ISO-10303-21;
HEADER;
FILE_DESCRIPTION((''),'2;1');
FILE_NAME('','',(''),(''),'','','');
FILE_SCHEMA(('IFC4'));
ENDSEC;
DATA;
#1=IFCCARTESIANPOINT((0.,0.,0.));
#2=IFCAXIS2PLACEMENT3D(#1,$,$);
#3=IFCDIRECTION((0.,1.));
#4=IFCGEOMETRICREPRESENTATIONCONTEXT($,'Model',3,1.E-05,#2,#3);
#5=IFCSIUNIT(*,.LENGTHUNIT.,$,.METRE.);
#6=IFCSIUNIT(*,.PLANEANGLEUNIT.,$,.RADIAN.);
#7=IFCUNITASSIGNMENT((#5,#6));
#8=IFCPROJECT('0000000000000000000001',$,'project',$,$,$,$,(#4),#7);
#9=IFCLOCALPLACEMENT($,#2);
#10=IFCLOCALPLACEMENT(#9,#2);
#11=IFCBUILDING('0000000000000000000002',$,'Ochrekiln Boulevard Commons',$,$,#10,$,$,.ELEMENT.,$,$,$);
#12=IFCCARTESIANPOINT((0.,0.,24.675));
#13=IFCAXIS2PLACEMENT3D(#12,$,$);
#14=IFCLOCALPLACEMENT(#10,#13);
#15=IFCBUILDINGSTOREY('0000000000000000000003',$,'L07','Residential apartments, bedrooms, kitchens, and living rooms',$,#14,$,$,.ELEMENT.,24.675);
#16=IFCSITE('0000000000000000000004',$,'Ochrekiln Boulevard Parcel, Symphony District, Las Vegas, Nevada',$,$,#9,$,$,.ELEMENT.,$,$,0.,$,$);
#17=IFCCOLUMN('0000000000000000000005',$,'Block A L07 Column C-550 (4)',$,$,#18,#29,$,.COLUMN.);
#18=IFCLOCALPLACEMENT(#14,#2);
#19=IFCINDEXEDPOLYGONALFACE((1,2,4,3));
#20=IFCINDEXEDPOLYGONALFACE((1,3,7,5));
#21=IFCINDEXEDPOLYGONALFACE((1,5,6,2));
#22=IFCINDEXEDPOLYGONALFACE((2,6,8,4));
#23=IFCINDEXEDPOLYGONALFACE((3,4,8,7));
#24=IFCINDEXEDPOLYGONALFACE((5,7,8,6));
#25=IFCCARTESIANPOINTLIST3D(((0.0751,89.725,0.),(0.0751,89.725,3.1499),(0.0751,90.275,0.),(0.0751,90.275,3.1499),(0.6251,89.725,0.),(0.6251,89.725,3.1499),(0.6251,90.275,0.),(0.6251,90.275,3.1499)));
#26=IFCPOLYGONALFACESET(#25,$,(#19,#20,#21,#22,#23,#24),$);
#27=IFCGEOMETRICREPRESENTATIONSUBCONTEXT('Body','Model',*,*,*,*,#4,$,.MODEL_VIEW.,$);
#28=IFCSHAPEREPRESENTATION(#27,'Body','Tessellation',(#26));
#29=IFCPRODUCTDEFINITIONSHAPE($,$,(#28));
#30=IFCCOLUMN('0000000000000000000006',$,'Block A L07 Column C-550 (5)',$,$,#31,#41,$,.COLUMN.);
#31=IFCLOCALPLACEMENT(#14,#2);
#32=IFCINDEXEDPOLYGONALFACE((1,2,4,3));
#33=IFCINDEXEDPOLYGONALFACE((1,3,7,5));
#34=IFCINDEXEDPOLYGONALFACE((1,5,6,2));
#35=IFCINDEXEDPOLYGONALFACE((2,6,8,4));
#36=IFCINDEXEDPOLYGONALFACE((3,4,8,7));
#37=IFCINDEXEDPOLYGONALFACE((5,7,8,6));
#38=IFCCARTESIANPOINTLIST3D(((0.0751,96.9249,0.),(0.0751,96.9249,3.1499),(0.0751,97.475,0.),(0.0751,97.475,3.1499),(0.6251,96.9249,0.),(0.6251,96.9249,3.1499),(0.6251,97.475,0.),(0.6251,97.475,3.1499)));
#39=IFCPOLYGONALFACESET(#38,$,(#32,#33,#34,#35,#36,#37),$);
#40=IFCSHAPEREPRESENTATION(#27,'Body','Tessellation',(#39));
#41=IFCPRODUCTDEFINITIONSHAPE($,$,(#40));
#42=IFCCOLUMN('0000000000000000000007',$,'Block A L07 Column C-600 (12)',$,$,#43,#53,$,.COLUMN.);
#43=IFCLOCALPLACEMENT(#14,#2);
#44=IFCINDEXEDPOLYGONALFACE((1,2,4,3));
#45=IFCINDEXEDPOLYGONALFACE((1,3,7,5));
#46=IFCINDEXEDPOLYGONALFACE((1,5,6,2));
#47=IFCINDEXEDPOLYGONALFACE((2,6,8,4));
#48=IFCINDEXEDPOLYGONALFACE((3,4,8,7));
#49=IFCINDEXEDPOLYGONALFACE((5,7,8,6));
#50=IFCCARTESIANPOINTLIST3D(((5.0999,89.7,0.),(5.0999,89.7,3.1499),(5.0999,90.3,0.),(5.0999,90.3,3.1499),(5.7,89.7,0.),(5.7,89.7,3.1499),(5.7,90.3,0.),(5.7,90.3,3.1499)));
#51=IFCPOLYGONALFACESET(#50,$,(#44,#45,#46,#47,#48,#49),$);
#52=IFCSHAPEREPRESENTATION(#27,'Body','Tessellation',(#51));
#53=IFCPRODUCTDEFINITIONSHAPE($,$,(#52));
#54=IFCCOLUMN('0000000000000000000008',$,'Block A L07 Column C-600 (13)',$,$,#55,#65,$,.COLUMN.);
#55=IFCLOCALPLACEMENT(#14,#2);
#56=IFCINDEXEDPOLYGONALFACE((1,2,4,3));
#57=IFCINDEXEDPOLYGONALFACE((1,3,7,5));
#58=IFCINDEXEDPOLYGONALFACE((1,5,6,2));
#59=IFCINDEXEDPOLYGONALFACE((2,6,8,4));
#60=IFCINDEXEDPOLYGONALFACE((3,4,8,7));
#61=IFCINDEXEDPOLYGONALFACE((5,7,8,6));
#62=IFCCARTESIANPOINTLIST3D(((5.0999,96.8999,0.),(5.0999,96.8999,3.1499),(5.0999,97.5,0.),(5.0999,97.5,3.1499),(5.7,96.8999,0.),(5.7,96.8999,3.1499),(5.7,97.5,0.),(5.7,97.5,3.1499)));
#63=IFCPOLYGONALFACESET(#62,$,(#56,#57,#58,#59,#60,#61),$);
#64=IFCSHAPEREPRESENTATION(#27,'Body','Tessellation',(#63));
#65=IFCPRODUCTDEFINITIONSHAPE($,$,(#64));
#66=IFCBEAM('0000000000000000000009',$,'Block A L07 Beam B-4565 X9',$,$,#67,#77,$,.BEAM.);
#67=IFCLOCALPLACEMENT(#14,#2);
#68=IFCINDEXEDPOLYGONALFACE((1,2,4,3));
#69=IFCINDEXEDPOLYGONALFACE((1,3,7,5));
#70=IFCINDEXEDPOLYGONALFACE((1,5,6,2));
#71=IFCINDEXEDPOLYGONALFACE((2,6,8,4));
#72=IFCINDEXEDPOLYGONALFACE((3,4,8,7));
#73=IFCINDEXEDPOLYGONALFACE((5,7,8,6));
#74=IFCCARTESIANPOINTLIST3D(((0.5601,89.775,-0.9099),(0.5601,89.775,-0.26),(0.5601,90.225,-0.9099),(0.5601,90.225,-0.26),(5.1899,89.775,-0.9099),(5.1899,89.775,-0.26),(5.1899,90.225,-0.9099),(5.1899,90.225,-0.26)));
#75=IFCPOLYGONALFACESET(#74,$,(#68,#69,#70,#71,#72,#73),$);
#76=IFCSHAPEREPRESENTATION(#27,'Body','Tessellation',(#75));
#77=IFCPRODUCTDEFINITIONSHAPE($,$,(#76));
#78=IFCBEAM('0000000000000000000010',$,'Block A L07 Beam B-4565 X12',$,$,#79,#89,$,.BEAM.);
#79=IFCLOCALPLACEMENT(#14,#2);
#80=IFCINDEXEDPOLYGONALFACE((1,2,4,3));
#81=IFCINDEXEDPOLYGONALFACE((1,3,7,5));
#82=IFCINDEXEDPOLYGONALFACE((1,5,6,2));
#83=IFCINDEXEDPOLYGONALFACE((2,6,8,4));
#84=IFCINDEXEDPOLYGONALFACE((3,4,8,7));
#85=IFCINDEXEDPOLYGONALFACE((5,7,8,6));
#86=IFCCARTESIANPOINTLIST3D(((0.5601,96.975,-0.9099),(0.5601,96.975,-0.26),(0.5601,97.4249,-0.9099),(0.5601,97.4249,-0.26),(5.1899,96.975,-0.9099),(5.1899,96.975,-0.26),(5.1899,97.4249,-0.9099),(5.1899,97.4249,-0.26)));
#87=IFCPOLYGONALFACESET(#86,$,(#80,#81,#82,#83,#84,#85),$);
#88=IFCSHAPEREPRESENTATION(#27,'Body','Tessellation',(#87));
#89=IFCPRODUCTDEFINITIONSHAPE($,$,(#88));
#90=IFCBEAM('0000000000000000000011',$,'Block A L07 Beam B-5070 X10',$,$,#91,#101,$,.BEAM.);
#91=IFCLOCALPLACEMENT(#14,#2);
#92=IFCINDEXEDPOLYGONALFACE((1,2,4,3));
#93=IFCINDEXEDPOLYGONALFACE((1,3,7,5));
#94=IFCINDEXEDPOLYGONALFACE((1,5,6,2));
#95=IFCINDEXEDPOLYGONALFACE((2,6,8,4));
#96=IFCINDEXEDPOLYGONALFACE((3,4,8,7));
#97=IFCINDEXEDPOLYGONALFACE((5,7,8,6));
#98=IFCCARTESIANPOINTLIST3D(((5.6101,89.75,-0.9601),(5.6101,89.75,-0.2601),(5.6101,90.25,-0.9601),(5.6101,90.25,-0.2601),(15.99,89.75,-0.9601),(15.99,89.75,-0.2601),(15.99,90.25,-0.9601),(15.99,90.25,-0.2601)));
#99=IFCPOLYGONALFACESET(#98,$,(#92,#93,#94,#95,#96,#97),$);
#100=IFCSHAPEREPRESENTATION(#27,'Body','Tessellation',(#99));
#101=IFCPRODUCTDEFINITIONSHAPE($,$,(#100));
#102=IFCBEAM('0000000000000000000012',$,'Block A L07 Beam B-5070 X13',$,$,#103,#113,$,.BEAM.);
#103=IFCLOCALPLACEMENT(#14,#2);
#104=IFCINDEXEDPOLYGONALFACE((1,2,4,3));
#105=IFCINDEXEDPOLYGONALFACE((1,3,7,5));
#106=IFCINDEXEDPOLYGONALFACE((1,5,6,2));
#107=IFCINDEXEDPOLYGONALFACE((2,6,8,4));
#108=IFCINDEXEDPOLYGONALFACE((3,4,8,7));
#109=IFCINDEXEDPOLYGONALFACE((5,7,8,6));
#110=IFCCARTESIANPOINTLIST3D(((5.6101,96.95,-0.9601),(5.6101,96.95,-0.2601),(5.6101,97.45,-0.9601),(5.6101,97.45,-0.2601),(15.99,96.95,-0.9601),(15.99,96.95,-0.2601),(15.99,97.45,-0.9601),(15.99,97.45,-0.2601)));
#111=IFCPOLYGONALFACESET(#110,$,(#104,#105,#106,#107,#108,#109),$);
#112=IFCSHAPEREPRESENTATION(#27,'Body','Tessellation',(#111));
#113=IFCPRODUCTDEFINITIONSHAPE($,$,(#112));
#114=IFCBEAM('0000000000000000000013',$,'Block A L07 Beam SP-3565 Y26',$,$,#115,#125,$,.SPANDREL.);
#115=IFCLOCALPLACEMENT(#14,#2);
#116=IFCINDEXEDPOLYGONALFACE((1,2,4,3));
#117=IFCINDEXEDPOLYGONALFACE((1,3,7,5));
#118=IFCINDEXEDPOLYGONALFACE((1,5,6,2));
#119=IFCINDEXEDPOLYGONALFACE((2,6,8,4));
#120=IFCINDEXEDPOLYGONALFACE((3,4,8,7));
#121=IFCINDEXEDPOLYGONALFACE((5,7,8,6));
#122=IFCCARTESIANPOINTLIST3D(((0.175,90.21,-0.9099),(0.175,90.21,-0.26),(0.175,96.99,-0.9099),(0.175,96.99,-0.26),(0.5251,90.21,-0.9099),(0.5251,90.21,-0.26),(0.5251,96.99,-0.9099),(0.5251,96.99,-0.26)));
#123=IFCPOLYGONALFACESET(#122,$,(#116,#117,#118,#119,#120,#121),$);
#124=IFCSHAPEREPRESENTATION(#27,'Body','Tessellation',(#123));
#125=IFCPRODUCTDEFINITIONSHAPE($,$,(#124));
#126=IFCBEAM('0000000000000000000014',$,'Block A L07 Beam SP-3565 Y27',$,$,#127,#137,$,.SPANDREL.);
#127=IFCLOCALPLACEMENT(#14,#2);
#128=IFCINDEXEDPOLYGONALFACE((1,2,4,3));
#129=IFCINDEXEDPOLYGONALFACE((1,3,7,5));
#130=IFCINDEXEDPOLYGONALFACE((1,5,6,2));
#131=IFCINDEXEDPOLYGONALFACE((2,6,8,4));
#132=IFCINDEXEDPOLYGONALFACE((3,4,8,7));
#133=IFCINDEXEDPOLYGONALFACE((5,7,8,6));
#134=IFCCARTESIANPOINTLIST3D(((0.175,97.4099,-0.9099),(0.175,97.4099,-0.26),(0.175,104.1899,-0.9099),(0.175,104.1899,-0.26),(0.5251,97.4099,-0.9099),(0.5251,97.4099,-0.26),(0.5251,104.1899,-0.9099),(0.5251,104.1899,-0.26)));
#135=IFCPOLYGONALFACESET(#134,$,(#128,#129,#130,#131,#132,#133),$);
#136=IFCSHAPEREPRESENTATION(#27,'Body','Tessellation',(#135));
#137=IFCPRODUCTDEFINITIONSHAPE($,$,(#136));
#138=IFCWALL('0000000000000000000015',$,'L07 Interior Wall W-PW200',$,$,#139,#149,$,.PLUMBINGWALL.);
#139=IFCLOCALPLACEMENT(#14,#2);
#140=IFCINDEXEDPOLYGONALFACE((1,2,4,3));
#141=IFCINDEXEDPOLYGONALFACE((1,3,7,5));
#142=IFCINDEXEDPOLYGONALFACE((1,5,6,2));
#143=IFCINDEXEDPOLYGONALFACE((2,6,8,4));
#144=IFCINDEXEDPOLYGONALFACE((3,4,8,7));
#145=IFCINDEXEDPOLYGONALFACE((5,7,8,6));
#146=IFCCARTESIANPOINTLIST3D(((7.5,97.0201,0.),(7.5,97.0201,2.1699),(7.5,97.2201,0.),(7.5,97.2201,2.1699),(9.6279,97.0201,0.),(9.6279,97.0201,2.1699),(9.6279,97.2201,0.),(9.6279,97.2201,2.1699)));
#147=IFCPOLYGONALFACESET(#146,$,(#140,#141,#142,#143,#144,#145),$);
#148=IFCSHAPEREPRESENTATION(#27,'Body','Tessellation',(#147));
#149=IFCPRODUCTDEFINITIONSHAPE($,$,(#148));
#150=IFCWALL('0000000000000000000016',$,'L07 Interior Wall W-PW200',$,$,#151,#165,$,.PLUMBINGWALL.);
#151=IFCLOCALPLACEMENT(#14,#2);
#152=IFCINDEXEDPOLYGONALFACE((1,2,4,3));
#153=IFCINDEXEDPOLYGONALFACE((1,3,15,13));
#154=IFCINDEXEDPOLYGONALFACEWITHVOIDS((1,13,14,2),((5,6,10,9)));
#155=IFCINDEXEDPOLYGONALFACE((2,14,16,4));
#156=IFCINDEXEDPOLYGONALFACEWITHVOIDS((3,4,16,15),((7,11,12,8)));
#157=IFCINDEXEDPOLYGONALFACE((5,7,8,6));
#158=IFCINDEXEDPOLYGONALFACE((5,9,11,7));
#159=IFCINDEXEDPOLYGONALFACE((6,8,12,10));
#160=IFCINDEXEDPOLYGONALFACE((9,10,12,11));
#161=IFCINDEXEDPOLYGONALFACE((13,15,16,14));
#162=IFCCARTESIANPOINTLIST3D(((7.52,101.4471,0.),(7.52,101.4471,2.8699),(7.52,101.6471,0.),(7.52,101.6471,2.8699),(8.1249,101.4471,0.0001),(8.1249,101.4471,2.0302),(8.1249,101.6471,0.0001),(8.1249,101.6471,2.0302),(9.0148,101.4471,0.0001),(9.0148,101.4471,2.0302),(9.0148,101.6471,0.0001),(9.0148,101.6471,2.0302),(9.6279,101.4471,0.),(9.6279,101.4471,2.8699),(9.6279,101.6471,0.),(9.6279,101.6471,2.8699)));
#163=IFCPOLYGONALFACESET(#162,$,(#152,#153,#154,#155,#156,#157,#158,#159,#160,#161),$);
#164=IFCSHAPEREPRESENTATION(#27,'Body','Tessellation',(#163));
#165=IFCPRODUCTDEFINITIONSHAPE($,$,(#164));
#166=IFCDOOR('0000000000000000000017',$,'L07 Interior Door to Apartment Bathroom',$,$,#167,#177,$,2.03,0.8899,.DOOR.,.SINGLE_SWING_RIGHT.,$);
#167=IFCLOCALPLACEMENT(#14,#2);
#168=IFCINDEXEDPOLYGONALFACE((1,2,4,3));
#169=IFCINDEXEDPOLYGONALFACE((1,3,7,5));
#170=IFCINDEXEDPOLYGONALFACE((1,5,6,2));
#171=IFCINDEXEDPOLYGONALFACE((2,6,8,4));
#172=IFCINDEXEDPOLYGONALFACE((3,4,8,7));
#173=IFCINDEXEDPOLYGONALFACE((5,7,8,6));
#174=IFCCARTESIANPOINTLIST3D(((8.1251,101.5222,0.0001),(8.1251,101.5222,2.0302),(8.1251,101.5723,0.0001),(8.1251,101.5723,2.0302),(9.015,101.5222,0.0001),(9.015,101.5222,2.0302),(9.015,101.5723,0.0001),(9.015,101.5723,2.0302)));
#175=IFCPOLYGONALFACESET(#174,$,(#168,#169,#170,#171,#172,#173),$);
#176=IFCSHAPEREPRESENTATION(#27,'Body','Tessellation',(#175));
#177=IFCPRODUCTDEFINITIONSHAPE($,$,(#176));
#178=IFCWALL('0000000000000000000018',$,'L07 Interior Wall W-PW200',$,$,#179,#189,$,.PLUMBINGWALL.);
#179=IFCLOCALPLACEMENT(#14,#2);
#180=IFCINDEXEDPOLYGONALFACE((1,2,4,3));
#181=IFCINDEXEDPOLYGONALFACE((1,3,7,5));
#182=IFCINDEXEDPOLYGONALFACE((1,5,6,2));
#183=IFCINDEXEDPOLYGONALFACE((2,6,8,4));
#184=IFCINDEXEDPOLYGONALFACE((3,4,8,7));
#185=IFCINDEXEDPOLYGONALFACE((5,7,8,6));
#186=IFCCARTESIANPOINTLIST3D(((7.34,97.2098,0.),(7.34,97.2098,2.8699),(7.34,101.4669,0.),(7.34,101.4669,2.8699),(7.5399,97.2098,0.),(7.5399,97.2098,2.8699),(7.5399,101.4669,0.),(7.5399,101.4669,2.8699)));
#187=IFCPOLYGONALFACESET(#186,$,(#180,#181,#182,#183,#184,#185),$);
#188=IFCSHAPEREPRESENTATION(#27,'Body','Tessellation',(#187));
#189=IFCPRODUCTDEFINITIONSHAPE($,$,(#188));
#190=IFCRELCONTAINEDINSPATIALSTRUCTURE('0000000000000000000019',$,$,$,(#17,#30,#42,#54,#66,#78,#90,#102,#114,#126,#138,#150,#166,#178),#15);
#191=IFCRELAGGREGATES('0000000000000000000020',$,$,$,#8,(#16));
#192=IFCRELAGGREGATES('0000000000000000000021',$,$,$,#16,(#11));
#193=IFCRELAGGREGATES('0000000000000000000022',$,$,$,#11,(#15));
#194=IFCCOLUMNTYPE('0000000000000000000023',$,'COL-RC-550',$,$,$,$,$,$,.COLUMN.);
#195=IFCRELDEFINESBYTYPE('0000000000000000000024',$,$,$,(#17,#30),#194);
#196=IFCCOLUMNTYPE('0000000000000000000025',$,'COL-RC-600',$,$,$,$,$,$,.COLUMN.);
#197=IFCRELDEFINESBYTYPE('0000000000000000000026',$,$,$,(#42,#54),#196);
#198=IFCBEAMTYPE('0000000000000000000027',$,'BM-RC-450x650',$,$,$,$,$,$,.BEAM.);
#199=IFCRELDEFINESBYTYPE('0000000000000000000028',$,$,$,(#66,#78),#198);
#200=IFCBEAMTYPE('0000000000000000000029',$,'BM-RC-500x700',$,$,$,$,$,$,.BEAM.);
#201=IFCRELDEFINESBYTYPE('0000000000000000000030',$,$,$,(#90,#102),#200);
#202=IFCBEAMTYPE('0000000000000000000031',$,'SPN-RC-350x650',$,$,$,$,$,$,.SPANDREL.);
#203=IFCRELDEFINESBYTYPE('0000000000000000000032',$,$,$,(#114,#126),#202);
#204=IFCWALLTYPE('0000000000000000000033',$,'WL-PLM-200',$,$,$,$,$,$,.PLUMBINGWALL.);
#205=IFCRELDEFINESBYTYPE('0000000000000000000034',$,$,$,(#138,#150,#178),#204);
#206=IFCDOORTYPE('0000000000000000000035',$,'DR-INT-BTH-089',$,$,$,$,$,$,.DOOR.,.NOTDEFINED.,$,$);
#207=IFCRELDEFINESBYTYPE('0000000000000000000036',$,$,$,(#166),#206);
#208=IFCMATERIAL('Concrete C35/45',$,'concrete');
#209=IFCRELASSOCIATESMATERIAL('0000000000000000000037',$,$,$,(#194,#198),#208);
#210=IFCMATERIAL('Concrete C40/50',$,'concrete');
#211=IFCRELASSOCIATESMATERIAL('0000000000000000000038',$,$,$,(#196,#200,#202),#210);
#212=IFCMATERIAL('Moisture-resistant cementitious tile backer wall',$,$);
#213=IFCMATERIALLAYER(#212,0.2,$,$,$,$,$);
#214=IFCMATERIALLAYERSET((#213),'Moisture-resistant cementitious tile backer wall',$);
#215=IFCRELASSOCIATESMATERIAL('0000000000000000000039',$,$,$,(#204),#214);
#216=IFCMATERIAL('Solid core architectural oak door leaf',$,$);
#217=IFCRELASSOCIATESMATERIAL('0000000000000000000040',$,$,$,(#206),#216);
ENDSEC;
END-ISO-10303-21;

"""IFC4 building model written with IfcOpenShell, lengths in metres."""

from ifc_helpers import new_model, si_unit, direction, frame, frame_2d, origin, origin_2d, place, context, subcontext, project, spatial, rectangle, extrude, material, layer, layer_set, material_profile, profile_set, type_object, element, fill, save


model = new_model("IFC4")

# Units and contexts
model_context = context("Model", 3, precision=1e-05, world=origin(), true_north=direction((0.0, 1.0)))
body_context = subcontext(model_context, "Body", "Model", "MODEL_VIEW")
ifc_project = project(units=[si_unit("LENGTHUNIT", "METRE"), si_unit("PLANEANGLEUNIT", "RADIAN")], contexts=[model_context])

# Site, building, storey
site_placement = place(None, origin())
site = spatial("IfcSite", under=ifc_project, at=site_placement, Name="Ochrekiln Boulevard Parcel, Symphony District, Las Vegas, Nevada", CompositionType="ELEMENT", RefElevation=0.0)
building_placement = place(site_placement, origin())
building = spatial("IfcBuilding", under=site, at=building_placement, Name="Ochrekiln Boulevard Commons", CompositionType="ELEMENT")
storey_placement = place(building_placement, frame((0.0, 0.0, 24.675)))
storey = spatial("IfcBuildingStorey", under=building, at=storey_placement, Name="L07", Description="Residential apartments, bedrooms, kitchens, and living rooms", CompositionType="ELEMENT", Elevation=24.675)

# Columns
ifc_material_1 = material(Name="Concrete C35/45", Category="concrete")
ifc_material_profile_1 = material_profile(ifc_material_1, rectangle(XDim=0.55, YDim=0.55, at=origin_2d()), Name="RC-COL-550x550")
ifc_profile_set_1 = profile_set([ifc_material_profile_1], Name="Concrete C35/45")
column_type_1 = type_object("IfcColumnType", Name="COL-RC-550", PredefinedType="COLUMN", material=ifc_profile_set_1)
for number, where, z_axis, x_axis, name in (
    (1, (0.3501, 90.0, 0.0), (0.0, 0.0, 1.0), (1.0, 0.0, 0.0), "Block A L07 Column C-550 (4)"),
    (2, (0.3501, 97.2, 0.0), (0.0, 0.0, 1.0), (1.0, 0.0, 0.0), "Block A L07 Column C-550 (5)"),
):
    element("IfcColumn", number, at=place(storey_placement, frame(where, z_axis=z_axis, x_axis=x_axis)), inside=storey, type_object=column_type_1, Name=name, PredefinedType="COLUMN", context=body_context, shape_type="SweptSolid", body=[
        extrude(rectangle(XDim=0.55, YDim=0.55, at=origin_2d()), origin(), (0.0, 0.0, 1.0), 3.1499),
    ])
ifc_material_2 = material(Name="Concrete C40/50", Category="concrete")
ifc_material_profile_2 = material_profile(ifc_material_2, rectangle(XDim=0.6001, YDim=0.6001, at=origin_2d()), Name="RC-COL-600x600")
ifc_profile_set_2 = profile_set([ifc_material_profile_2], Name="Concrete C40/50")
column_type_2 = type_object("IfcColumnType", Name="COL-RC-600", PredefinedType="COLUMN", material=ifc_profile_set_2)
for number, where, z_axis, x_axis, name in (
    (3, (5.3999, 90.0, 0.0), (0.0, 0.0, 1.0), (1.0, 0.0, 0.0), "Block A L07 Column C-600 (12)"),
    (4, (5.3999, 97.2, 0.0), (0.0, 0.0, 1.0), (1.0, 0.0, 0.0), "Block A L07 Column C-600 (13)"),
):
    element("IfcColumn", number, at=place(storey_placement, frame(where, z_axis=z_axis, x_axis=x_axis)), inside=storey, type_object=column_type_2, Name=name, PredefinedType="COLUMN", context=body_context, shape_type="SweptSolid", body=[
        extrude(rectangle(XDim=0.6001, YDim=0.6001, at=origin_2d()), origin(), (0.0, 0.0, 1.0), 3.1499),
    ])

# Beams
ifc_material_profile_3 = material_profile(ifc_material_1, rectangle(XDim=0.45, YDim=0.6499, at=origin_2d()), Name="RC-BM-450x650")
ifc_profile_set_3 = profile_set([ifc_material_profile_3], Name="Concrete C35/45")
beam_type_1 = type_object("IfcBeamType", Name="BM-RC-450x650", PredefinedType="BEAM", material=ifc_profile_set_3)
for number, where, z_axis, x_axis, name in (
    (5, (0.5601, 90.0, -0.585), (1.0, 0.0, 0.0), (0.0, 1.0, 0.0), "Block A L07 Beam B-4565 X9"),
    (6, (0.5601, 97.2, -0.585), (1.0, 0.0, 0.0), (0.0, 1.0, 0.0), "Block A L07 Beam B-4565 X12"),
):
    element("IfcBeam", number, at=place(storey_placement, frame(where, z_axis=z_axis, x_axis=x_axis)), inside=storey, type_object=beam_type_1, Name=name, PredefinedType="BEAM", context=body_context, shape_type="SweptSolid", body=[
        extrude(rectangle(XDim=0.45, YDim=0.6499, at=origin_2d()), origin(), (0.0, 0.0, 1.0), 4.6299),
    ])
ifc_material_profile_4 = material_profile(ifc_material_2, rectangle(XDim=0.5, YDim=0.7, at=origin_2d()), Name="RC-BM-500x700")
ifc_profile_set_4 = profile_set([ifc_material_profile_4], Name="Concrete C40/50")
beam_type_2 = type_object("IfcBeamType", Name="BM-RC-500x700", PredefinedType="BEAM", material=ifc_profile_set_4)
for number, where, z_axis, x_axis, name in (
    (7, (5.6101, 90.0, -0.6101), (1.0, 0.0, 0.0), (0.0, 1.0, 0.0), "Block A L07 Beam B-5070 X10"),
    (8, (5.6101, 97.2, -0.6101), (1.0, 0.0, 0.0), (0.0, 1.0, 0.0), "Block A L07 Beam B-5070 X13"),
):
    element("IfcBeam", number, at=place(storey_placement, frame(where, z_axis=z_axis, x_axis=x_axis)), inside=storey, type_object=beam_type_2, Name=name, PredefinedType="BEAM", context=body_context, shape_type="SweptSolid", body=[
        extrude(rectangle(XDim=0.5, YDim=0.7, at=origin_2d()), origin(), (0.0, 0.0, 1.0), 10.3799),
    ])
ifc_material_profile_5 = material_profile(ifc_material_2, rectangle(XDim=0.3501, YDim=0.6499, at=origin_2d()), Name="RC-SPN-350x650")
ifc_profile_set_5 = profile_set([ifc_material_profile_5], Name="Concrete C40/50")
beam_type_3 = type_object("IfcBeamType", Name="SPN-RC-350x650", PredefinedType="SPANDREL", material=ifc_profile_set_5)
for number, where, z_axis, x_axis, name in (
    (9, (0.3501, 90.21, -0.585), (0.0, 1.0, 0.0), (-1.0, 0.0, 0.0), "Block A L07 Beam SP-3565 Y26"),
    (10, (0.3501, 97.4099, -0.585), (0.0, 1.0, 0.0), (-1.0, 0.0, 0.0), "Block A L07 Beam SP-3565 Y27"),
):
    element("IfcBeam", number, at=place(storey_placement, frame(where, z_axis=z_axis, x_axis=x_axis)), inside=storey, type_object=beam_type_3, Name=name, PredefinedType="SPANDREL", context=body_context, shape_type="SweptSolid", body=[
        extrude(rectangle(XDim=0.3501, YDim=0.6499, at=origin_2d()), origin(), (0.0, 0.0, 1.0), 6.78),
    ])

# Wall
ifc_material_3 = material(Name="Moisture-resistant cementitious tile backer wall")
ifc_layer_1 = layer(ifc_material_3, 0.2)
ifc_layer_set_1 = layer_set([ifc_layer_1], Name="Moisture-resistant cementitious tile backer wall")
wall_type_1 = type_object("IfcWallType", Name="WL-PLM-200", PredefinedType="PLUMBINGWALL", material=ifc_layer_set_1)
wall_1_placement = place(storey_placement, frame((7.5, 97.1201, 0.0), z_axis=(0.0, 0.0, 1.0), x_axis=(1.0, 0.0, 0.0)))
element("IfcWall", 11, at=wall_1_placement, inside=storey, type_object=wall_type_1, Name="L07 Interior Wall W-PW200", PredefinedType="PLUMBINGWALL", context=body_context, shape_type="SweptSolid", body=[
    extrude(rectangle(XDim=2.1279, YDim=0.2, at=frame_2d((1.064, 0.0))), origin(), (0.0, 0.0, 1.0), 2.1699),
])

# Wall, opening, door
wall_2_placement = place(storey_placement, frame((7.52, 101.5471, 0.0), z_axis=(0.0, 0.0, 1.0), x_axis=(1.0, 0.0, 0.0)))
wall_2 = element("IfcWall", 12, at=wall_2_placement, inside=storey, type_object=wall_type_1, Name="L07 Interior Wall W-PW200", PredefinedType="PLUMBINGWALL", context=body_context, shape_type="SweptSolid", body=[
    extrude(rectangle(XDim=2.1079, YDim=0.2, at=frame_2d((1.054, 0.0))), origin(), (0.0, 0.0, 1.0), 2.8699),
])
opening_1_placement = place(wall_2_placement, frame((0.605, 0.0, 0.0)))
opening_1 = element("IfcOpeningElement", 13, at=opening_1_placement, cuts=wall_2, PredefinedType="OPENING", context=body_context, shape_type="SweptSolid", body=[
    extrude(rectangle(XDim=0.8899, YDim=2.03, at=frame_2d((0.4448, 1.0151))), frame((0.0, 0.1099, 0.0), z_axis=(0.0, -1.0, 0.0), x_axis=(1.0, 0.0, 0.0)), (0.0, 0.0, 1.0), 0.22),
])
ifc_material_4 = material(Name="Solid core architectural oak door leaf")
door_type_1 = type_object("IfcDoorType", Name="DR-INT-BTH-089", OperationType="NOTDEFINED", PredefinedType="DOOR", material=ifc_material_4)
door_1_placement = place(opening_1_placement, frame((0.8899, 0.0, 0.0), z_axis=(0.0, 0.0, 1.0), x_axis=(-1.0, 0.0, 0.0)))
door_1 = element("IfcDoor", 14, at=door_1_placement, inside=storey, type_object=door_type_1, Name="L07 Interior Door to Apartment Bathroom", OperationType="SINGLE_SWING_RIGHT", OverallHeight=2.03, OverallWidth=0.8899, PredefinedType="DOOR", context=body_context, shape_type="SweptSolid", body=[
    extrude(rectangle(XDim=0.8899, YDim=2.03, at=frame_2d((0.4448, 1.0151))), frame((0.0, 0.0249, 0.0), z_axis=(0.0, -1.0, 0.0), x_axis=(1.0, 0.0, 0.0)), (0.0, 0.0, 1.0), 0.05),
])
fill(opening_1, door_1)

# Wall
wall_3_placement = place(storey_placement, frame((7.4399, 97.21, 0.0), z_axis=(0.0, 0.0, 1.0), x_axis=(0.0, 1.0, 0.0)))
element("IfcWall", 15, at=wall_3_placement, inside=storey, type_object=wall_type_1, Name="L07 Interior Wall W-PW200", PredefinedType="PLUMBINGWALL", context=body_context, shape_type="SweptSolid", body=[
    extrude(rectangle(XDim=4.2571, YDim=0.2, at=frame_2d((2.1284, 0.0))), origin(), (0.0, 0.0, 1.0), 2.8699),
])

save(model, "model.ifc")
